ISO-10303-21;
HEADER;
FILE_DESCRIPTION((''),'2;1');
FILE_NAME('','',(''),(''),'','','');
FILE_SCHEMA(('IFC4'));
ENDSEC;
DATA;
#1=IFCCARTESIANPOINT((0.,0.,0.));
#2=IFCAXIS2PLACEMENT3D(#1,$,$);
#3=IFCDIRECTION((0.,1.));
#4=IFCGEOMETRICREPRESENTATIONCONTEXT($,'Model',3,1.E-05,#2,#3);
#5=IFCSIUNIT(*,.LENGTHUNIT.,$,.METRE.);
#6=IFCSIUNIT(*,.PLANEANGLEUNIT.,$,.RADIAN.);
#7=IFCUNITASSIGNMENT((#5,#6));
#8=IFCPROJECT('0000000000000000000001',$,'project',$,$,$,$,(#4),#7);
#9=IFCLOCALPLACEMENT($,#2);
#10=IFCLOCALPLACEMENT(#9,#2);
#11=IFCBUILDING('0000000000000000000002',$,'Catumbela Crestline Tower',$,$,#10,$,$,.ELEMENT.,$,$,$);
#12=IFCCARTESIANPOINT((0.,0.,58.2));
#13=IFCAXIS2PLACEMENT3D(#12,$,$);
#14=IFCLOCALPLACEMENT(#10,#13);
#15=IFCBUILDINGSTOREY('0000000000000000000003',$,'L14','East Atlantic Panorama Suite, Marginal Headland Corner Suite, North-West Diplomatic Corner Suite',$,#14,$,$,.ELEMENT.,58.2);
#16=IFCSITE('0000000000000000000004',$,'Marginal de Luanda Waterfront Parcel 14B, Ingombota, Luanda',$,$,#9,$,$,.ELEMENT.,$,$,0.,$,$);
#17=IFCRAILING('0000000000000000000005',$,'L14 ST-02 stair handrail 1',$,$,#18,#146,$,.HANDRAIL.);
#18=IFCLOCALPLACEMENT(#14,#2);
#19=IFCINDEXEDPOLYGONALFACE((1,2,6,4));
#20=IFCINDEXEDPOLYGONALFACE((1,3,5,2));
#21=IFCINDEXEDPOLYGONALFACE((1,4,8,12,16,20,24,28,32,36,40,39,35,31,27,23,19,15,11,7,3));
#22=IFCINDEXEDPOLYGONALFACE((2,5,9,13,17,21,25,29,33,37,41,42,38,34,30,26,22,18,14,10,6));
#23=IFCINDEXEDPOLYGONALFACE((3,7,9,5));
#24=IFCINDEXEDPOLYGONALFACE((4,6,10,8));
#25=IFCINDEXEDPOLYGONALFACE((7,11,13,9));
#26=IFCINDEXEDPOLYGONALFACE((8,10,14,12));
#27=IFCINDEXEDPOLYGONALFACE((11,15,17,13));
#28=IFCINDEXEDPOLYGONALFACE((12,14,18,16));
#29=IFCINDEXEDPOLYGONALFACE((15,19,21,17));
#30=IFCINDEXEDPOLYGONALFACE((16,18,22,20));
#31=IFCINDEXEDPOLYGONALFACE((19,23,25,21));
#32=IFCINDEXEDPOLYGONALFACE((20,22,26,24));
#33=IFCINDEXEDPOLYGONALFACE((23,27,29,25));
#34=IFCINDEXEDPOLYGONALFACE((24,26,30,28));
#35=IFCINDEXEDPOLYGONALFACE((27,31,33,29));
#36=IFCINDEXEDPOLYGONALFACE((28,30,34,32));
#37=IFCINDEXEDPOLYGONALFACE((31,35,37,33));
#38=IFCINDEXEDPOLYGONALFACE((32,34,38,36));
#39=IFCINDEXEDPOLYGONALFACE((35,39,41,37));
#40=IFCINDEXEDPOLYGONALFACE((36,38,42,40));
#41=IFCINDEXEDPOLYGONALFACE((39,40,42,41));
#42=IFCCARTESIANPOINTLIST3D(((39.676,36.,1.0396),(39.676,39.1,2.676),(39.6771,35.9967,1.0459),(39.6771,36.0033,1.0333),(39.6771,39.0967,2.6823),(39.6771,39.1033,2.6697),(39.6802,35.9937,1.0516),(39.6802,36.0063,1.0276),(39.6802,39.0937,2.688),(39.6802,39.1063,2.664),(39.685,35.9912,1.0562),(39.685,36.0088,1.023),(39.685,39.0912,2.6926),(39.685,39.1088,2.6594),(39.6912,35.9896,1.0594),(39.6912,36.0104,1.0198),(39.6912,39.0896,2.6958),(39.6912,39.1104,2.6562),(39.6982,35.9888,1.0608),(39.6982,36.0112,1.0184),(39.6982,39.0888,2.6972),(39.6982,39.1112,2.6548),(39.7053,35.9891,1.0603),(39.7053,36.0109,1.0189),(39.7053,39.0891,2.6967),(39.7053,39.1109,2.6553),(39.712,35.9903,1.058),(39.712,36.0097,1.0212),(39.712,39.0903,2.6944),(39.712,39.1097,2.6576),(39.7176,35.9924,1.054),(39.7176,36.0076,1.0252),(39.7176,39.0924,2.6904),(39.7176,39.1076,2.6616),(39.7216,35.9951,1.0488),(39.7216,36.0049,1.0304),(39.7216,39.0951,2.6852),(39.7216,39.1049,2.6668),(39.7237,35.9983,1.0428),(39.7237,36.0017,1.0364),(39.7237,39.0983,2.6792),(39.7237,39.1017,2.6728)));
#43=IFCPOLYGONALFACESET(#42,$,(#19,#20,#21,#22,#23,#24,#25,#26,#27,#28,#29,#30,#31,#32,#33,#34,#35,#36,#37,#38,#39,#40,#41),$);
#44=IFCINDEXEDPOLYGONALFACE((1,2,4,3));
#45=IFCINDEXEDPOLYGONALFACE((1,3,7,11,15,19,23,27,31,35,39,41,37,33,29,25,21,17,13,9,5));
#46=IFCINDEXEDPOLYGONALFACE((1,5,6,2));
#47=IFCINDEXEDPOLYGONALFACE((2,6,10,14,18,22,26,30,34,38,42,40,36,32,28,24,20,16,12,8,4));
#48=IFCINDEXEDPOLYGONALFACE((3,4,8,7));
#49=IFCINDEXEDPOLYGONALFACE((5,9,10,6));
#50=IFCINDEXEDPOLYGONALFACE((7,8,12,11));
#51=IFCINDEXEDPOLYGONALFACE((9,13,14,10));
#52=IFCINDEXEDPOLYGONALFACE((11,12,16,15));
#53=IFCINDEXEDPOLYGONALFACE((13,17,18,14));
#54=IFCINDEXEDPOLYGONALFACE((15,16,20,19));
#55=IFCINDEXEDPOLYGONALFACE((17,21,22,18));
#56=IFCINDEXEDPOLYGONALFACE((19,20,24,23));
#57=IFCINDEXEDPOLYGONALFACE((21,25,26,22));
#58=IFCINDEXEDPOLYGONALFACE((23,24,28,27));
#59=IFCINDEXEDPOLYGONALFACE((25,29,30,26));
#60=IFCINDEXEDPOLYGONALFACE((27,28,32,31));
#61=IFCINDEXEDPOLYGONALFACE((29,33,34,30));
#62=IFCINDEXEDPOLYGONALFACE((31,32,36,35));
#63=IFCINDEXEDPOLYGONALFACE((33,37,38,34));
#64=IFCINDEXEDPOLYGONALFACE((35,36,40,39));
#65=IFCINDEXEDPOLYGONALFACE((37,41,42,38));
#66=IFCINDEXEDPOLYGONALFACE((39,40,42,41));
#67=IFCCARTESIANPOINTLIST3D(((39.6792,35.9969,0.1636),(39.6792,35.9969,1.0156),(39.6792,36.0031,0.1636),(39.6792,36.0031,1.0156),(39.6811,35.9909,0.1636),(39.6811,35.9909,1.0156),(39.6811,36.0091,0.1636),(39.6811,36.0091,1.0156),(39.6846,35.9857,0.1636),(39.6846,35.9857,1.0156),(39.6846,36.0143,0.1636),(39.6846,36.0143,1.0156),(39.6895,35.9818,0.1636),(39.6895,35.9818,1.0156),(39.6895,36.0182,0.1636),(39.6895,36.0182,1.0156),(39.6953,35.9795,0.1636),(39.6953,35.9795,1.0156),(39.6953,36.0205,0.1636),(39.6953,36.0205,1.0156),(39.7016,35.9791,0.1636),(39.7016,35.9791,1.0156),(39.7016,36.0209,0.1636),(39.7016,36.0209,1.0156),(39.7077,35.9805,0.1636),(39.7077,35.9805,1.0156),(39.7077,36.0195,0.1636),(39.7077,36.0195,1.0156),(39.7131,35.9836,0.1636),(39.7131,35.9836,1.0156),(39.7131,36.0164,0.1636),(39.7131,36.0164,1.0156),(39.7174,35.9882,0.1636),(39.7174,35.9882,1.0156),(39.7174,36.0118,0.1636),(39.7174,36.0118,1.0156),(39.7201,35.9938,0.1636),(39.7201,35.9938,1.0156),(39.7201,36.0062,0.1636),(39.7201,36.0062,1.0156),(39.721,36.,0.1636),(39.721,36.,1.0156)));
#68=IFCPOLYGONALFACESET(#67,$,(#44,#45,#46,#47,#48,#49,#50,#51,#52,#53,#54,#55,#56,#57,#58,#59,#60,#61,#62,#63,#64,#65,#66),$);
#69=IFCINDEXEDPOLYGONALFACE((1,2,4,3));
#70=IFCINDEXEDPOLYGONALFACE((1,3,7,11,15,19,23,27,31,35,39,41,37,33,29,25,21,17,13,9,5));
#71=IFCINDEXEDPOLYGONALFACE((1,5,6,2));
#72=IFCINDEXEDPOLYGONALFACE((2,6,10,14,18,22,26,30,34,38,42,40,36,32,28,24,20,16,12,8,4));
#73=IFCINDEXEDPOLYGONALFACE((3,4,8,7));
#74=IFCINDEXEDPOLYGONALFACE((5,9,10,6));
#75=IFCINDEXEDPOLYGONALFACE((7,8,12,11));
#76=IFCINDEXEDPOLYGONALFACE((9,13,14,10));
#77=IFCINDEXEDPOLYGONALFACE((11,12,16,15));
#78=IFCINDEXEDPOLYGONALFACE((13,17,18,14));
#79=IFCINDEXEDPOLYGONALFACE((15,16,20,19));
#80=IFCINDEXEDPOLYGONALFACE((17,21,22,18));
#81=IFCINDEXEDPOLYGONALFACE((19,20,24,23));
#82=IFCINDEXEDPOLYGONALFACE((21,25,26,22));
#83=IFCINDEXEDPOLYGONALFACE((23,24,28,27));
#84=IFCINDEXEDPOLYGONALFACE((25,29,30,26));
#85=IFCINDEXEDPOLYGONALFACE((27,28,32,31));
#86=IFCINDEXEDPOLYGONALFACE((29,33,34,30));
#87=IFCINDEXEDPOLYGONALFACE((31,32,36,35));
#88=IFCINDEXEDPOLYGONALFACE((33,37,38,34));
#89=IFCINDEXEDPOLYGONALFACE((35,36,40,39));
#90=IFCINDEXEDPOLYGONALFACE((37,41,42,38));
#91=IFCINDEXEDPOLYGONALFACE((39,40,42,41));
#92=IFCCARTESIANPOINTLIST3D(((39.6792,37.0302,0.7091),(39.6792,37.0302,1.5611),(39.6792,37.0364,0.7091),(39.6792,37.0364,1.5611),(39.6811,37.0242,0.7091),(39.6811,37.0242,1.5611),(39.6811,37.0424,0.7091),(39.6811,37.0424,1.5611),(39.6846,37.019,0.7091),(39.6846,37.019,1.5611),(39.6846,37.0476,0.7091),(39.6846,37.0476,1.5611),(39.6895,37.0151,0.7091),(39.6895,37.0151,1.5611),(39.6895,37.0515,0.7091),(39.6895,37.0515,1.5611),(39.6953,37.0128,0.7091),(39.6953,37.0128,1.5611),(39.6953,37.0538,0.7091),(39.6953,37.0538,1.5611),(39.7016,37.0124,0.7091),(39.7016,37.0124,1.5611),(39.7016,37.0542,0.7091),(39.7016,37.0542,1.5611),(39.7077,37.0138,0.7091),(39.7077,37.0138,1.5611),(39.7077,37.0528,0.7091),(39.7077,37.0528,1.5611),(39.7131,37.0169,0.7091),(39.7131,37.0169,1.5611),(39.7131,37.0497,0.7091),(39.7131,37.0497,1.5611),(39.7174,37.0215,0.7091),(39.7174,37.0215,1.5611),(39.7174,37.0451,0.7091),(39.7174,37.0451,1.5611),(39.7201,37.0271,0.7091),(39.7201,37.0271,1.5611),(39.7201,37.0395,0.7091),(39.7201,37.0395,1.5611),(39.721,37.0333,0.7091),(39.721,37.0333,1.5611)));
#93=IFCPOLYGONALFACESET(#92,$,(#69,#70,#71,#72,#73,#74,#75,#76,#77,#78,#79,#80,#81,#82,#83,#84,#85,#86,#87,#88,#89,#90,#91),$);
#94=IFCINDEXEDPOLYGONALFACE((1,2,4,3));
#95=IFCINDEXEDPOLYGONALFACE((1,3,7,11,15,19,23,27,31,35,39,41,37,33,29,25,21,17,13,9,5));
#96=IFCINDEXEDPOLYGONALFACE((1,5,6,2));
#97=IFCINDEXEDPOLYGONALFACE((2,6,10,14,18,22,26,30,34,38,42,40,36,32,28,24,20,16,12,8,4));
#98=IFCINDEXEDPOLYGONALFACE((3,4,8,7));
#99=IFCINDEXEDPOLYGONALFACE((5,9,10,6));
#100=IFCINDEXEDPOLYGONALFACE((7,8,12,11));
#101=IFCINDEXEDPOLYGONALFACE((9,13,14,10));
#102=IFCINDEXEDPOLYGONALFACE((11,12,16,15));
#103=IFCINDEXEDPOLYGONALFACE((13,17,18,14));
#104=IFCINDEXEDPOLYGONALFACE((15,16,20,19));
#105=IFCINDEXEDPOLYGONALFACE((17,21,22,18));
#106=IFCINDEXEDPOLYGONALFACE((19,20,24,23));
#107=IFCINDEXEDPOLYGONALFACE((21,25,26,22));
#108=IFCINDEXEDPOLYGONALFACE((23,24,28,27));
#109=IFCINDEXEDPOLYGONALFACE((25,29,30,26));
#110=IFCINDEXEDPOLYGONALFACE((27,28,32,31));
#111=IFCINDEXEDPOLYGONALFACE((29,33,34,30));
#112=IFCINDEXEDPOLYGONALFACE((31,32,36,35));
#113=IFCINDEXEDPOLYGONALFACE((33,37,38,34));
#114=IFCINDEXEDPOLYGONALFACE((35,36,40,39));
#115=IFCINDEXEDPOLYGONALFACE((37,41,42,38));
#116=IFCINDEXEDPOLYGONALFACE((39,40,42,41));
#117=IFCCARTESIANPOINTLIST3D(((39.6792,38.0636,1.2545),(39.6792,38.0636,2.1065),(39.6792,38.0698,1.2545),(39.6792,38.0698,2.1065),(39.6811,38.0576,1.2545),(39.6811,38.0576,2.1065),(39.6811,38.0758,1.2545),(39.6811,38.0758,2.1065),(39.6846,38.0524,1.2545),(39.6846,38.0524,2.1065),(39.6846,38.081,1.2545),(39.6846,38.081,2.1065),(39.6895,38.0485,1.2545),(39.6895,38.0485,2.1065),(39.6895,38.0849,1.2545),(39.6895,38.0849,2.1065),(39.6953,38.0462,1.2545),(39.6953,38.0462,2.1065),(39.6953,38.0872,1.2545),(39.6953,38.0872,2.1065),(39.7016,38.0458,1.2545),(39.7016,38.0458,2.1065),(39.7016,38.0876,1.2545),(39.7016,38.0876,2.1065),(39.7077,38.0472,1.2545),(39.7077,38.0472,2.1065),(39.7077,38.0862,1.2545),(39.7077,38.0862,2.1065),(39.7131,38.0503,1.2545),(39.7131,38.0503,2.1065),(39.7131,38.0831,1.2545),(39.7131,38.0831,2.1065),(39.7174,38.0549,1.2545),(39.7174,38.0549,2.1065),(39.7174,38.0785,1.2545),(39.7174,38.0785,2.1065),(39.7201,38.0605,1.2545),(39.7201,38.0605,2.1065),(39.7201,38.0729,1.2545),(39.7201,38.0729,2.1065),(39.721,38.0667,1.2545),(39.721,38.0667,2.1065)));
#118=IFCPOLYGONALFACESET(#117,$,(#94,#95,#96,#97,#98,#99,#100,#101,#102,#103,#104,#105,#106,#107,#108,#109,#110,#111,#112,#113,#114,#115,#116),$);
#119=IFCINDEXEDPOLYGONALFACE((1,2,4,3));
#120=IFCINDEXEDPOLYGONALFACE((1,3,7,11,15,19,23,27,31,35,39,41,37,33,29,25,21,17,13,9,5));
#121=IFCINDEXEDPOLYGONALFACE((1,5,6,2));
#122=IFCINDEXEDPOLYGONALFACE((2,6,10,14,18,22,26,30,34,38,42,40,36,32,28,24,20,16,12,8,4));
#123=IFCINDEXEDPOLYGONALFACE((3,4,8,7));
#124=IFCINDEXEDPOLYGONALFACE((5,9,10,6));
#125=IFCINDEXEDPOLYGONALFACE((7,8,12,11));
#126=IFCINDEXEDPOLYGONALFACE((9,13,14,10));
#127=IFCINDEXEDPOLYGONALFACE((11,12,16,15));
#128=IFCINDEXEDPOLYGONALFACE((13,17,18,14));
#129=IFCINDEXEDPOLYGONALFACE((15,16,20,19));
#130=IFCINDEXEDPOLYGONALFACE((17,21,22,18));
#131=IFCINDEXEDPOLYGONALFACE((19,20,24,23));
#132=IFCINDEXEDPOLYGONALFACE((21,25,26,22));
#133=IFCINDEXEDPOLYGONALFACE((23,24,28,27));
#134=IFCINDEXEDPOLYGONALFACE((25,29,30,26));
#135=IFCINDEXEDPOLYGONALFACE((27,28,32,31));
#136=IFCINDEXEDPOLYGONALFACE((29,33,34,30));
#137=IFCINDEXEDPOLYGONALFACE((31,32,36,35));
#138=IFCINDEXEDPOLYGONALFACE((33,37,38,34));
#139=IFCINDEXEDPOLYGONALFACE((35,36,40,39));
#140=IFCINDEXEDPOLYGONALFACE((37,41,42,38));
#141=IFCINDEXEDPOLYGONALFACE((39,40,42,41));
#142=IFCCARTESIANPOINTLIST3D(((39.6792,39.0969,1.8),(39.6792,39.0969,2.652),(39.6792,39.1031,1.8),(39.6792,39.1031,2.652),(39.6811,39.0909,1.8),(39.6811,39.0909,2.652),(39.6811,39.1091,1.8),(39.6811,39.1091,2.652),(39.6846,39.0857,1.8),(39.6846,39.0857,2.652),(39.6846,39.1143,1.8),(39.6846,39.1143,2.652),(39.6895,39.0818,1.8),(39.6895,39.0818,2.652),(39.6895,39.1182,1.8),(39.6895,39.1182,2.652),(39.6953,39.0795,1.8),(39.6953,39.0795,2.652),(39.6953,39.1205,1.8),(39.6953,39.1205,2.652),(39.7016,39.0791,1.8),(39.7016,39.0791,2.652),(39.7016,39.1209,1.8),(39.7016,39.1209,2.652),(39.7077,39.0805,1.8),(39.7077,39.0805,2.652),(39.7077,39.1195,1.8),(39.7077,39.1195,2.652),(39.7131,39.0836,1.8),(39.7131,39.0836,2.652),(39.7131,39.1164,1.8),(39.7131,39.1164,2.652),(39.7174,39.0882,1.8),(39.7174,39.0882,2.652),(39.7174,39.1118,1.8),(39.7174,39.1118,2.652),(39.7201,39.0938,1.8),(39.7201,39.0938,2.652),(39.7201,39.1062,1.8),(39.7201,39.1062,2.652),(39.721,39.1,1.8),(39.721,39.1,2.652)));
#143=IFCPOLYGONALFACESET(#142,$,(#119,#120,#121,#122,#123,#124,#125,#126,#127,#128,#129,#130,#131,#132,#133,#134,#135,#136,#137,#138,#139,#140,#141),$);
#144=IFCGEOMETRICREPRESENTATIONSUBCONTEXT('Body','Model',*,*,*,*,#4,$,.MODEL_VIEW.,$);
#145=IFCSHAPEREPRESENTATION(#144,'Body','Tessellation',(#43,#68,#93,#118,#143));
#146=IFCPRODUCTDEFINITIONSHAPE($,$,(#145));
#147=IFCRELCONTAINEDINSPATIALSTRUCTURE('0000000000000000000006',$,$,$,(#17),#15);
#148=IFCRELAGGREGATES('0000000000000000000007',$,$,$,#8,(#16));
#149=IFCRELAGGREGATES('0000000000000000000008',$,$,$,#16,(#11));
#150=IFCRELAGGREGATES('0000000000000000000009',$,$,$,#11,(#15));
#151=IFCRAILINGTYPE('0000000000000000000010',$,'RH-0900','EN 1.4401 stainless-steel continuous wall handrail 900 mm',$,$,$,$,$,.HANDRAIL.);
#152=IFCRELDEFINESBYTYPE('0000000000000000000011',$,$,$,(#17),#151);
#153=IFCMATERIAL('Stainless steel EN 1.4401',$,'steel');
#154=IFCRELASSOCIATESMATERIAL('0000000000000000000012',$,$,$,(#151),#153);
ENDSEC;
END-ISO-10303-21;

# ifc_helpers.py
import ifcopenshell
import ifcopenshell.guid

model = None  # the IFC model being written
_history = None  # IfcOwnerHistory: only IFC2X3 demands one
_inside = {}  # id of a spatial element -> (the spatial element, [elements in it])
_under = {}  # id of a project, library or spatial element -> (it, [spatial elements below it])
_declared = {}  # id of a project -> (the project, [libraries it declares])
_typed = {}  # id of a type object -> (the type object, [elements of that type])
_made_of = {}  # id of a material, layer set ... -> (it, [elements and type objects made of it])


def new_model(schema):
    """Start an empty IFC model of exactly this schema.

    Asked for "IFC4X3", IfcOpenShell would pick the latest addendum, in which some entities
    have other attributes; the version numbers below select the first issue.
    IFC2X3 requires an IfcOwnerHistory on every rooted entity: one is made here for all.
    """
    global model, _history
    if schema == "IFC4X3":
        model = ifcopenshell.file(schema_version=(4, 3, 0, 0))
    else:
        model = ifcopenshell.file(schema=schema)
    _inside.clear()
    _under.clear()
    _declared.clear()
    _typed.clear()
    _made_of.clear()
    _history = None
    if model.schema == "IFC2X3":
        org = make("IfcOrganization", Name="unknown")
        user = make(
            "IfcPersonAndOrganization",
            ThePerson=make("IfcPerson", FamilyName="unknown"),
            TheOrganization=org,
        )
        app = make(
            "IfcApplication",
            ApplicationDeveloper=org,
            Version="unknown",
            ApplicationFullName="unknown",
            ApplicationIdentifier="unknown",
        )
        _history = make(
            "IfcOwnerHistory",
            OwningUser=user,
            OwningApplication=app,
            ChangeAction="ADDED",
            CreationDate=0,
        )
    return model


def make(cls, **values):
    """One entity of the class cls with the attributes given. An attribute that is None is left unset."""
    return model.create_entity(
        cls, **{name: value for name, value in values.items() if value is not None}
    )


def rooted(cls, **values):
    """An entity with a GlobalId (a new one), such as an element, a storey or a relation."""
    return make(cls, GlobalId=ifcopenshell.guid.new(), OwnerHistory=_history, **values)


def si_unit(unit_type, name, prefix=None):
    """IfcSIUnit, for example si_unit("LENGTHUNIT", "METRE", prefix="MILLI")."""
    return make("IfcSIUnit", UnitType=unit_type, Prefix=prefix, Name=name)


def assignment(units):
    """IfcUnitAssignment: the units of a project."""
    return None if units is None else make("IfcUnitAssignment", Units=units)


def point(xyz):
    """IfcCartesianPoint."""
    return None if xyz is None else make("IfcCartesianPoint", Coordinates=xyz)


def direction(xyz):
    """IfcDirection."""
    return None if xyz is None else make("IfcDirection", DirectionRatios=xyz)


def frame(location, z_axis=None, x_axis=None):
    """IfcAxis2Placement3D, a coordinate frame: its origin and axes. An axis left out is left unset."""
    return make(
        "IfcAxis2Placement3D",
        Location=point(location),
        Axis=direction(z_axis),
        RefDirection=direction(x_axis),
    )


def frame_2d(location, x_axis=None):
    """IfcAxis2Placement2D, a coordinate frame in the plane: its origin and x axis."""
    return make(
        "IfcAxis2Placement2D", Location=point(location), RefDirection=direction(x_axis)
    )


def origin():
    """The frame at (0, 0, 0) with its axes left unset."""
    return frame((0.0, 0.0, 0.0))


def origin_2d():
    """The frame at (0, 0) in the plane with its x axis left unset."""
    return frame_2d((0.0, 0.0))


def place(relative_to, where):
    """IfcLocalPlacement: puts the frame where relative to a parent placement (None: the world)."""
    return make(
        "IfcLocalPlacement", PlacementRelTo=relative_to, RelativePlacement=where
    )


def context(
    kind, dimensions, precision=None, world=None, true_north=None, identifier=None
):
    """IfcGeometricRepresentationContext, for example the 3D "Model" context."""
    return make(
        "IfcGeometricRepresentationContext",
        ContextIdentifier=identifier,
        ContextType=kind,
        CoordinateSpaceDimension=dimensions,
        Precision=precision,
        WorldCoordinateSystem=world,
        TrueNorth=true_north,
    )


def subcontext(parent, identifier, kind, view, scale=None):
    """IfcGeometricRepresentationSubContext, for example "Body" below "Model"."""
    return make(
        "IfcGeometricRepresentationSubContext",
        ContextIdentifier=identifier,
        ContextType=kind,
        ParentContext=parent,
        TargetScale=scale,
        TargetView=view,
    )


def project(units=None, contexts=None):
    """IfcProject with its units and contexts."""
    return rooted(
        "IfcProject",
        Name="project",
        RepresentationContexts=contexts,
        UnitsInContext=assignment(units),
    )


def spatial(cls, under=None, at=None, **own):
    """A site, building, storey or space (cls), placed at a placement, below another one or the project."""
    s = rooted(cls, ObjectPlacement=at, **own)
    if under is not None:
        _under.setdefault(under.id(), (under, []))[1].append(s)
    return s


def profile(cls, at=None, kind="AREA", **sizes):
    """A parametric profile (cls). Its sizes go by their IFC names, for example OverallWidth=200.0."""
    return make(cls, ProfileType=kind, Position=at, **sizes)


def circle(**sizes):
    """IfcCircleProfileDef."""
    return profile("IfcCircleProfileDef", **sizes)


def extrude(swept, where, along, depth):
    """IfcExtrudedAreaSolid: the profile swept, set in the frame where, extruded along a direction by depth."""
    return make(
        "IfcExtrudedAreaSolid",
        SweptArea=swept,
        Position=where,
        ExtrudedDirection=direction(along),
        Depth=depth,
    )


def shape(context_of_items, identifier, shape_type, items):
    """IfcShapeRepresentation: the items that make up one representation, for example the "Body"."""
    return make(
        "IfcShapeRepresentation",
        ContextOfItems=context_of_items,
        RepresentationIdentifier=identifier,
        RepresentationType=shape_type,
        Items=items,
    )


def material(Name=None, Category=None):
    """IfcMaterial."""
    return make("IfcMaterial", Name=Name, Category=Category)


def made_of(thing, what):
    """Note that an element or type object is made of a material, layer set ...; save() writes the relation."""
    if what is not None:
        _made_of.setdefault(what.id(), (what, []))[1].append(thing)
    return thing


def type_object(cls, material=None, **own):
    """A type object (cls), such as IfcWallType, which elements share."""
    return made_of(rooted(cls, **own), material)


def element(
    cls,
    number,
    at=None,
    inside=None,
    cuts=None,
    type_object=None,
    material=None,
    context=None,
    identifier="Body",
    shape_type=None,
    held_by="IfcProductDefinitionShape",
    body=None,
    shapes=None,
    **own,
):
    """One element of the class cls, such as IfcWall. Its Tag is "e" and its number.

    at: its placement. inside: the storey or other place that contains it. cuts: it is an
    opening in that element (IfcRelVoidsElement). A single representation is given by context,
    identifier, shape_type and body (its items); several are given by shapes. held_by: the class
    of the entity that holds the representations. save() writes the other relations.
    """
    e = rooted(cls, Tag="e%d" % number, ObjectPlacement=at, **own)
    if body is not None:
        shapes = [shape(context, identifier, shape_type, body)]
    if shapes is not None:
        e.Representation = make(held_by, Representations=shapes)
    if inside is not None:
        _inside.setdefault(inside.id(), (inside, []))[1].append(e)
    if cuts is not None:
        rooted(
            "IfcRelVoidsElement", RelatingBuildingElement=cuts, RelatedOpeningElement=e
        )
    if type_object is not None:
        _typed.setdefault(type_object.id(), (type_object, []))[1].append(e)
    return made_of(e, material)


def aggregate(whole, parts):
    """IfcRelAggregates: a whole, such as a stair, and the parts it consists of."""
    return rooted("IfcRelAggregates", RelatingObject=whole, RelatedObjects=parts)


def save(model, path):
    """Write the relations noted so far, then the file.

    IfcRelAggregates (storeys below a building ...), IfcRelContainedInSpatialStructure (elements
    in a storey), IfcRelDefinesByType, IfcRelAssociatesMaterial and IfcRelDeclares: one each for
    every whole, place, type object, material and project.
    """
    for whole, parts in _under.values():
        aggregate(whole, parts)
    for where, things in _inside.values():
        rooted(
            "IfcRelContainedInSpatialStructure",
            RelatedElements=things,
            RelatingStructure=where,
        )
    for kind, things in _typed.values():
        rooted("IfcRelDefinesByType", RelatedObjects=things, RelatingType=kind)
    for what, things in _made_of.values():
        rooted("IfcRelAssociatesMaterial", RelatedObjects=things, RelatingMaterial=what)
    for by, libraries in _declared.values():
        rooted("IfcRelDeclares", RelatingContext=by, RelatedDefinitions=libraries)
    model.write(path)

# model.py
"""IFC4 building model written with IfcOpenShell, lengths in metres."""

from ifc_helpers import new_model, si_unit, direction, frame, origin, origin_2d, place, context, subcontext, project, spatial, circle, extrude, material, type_object, element, save


model = new_model("IFC4")

# Units and contexts
model_context = context("Model", 3, precision=1e-05, world=origin(), true_north=direction((0.0, 1.0)))
body_context = subcontext(model_context, "Body", "Model", "MODEL_VIEW")
ifc_project = project(units=[si_unit("LENGTHUNIT", "METRE"), si_unit("PLANEANGLEUNIT", "RADIAN")], contexts=[model_context])

# Site, building, storey
site_placement = place(None, origin())
site = spatial("IfcSite", under=ifc_project, at=site_placement, Name="Marginal de Luanda Waterfront Parcel 14B, Ingombota, Luanda", CompositionType="ELEMENT", RefElevation=0.0)
building_placement = place(site_placement, origin())
building = spatial("IfcBuilding", under=site, at=building_placement, Name="Catumbela Crestline Tower", CompositionType="ELEMENT")
storey_placement = place(building_placement, frame((0.0, 0.0, 58.2)))
storey = spatial("IfcBuildingStorey", under=building, at=storey_placement, Name="L14", Description="East Atlantic Panorama Suite, Marginal Headland Corner Suite, North-West Diplomatic Corner Suite", CompositionType="ELEMENT", Elevation=58.2)

# Shared definitions
ifc_material_1 = material(Name="Stainless steel EN 1.4401", Category="steel")

# Railing
railing_type_1 = type_object("IfcRailingType", Name="RH-0900", Description="EN 1.4401 stainless-steel continuous wall handrail 900 mm", PredefinedType="HANDRAIL", material=ifc_material_1)
railing_1_placement = place(storey_placement, frame((39.7, 36.0, 0.1636)))
element("IfcRailing", 1, at=railing_1_placement, inside=storey, type_object=railing_type_1, Name="L14 ST-02 stair handrail 1", PredefinedType="HANDRAIL", context=body_context, shape_type="SweptSolid", body=[
    extrude(circle(Radius=0.024, at=origin_2d()), frame((0.0, 0.0, 0.876), z_axis=(0.0, 0.884351, 0.466823), x_axis=(-1.0, 0.0, 0.0)), (0.0, 0.0, 1.0), 3.5054),
    extrude(circle(Radius=0.021, at=origin_2d()), origin(), (0.0, 0.0, 1.0), 0.852),
    extrude(circle(Radius=0.021, at=origin_2d()), frame((0.0, 1.0333, 0.5455)), (0.0, 0.0, 1.0), 0.852),
    extrude(circle(Radius=0.021, at=origin_2d()), frame((0.0, 2.0667, 1.0909)), (0.0, 0.0, 1.0), 0.852),
    extrude(circle(Radius=0.021, at=origin_2d()), frame((0.0, 3.1, 1.6364)), (0.0, 0.0, 1.0), 0.852),
])

save(model, "model.ifc")
